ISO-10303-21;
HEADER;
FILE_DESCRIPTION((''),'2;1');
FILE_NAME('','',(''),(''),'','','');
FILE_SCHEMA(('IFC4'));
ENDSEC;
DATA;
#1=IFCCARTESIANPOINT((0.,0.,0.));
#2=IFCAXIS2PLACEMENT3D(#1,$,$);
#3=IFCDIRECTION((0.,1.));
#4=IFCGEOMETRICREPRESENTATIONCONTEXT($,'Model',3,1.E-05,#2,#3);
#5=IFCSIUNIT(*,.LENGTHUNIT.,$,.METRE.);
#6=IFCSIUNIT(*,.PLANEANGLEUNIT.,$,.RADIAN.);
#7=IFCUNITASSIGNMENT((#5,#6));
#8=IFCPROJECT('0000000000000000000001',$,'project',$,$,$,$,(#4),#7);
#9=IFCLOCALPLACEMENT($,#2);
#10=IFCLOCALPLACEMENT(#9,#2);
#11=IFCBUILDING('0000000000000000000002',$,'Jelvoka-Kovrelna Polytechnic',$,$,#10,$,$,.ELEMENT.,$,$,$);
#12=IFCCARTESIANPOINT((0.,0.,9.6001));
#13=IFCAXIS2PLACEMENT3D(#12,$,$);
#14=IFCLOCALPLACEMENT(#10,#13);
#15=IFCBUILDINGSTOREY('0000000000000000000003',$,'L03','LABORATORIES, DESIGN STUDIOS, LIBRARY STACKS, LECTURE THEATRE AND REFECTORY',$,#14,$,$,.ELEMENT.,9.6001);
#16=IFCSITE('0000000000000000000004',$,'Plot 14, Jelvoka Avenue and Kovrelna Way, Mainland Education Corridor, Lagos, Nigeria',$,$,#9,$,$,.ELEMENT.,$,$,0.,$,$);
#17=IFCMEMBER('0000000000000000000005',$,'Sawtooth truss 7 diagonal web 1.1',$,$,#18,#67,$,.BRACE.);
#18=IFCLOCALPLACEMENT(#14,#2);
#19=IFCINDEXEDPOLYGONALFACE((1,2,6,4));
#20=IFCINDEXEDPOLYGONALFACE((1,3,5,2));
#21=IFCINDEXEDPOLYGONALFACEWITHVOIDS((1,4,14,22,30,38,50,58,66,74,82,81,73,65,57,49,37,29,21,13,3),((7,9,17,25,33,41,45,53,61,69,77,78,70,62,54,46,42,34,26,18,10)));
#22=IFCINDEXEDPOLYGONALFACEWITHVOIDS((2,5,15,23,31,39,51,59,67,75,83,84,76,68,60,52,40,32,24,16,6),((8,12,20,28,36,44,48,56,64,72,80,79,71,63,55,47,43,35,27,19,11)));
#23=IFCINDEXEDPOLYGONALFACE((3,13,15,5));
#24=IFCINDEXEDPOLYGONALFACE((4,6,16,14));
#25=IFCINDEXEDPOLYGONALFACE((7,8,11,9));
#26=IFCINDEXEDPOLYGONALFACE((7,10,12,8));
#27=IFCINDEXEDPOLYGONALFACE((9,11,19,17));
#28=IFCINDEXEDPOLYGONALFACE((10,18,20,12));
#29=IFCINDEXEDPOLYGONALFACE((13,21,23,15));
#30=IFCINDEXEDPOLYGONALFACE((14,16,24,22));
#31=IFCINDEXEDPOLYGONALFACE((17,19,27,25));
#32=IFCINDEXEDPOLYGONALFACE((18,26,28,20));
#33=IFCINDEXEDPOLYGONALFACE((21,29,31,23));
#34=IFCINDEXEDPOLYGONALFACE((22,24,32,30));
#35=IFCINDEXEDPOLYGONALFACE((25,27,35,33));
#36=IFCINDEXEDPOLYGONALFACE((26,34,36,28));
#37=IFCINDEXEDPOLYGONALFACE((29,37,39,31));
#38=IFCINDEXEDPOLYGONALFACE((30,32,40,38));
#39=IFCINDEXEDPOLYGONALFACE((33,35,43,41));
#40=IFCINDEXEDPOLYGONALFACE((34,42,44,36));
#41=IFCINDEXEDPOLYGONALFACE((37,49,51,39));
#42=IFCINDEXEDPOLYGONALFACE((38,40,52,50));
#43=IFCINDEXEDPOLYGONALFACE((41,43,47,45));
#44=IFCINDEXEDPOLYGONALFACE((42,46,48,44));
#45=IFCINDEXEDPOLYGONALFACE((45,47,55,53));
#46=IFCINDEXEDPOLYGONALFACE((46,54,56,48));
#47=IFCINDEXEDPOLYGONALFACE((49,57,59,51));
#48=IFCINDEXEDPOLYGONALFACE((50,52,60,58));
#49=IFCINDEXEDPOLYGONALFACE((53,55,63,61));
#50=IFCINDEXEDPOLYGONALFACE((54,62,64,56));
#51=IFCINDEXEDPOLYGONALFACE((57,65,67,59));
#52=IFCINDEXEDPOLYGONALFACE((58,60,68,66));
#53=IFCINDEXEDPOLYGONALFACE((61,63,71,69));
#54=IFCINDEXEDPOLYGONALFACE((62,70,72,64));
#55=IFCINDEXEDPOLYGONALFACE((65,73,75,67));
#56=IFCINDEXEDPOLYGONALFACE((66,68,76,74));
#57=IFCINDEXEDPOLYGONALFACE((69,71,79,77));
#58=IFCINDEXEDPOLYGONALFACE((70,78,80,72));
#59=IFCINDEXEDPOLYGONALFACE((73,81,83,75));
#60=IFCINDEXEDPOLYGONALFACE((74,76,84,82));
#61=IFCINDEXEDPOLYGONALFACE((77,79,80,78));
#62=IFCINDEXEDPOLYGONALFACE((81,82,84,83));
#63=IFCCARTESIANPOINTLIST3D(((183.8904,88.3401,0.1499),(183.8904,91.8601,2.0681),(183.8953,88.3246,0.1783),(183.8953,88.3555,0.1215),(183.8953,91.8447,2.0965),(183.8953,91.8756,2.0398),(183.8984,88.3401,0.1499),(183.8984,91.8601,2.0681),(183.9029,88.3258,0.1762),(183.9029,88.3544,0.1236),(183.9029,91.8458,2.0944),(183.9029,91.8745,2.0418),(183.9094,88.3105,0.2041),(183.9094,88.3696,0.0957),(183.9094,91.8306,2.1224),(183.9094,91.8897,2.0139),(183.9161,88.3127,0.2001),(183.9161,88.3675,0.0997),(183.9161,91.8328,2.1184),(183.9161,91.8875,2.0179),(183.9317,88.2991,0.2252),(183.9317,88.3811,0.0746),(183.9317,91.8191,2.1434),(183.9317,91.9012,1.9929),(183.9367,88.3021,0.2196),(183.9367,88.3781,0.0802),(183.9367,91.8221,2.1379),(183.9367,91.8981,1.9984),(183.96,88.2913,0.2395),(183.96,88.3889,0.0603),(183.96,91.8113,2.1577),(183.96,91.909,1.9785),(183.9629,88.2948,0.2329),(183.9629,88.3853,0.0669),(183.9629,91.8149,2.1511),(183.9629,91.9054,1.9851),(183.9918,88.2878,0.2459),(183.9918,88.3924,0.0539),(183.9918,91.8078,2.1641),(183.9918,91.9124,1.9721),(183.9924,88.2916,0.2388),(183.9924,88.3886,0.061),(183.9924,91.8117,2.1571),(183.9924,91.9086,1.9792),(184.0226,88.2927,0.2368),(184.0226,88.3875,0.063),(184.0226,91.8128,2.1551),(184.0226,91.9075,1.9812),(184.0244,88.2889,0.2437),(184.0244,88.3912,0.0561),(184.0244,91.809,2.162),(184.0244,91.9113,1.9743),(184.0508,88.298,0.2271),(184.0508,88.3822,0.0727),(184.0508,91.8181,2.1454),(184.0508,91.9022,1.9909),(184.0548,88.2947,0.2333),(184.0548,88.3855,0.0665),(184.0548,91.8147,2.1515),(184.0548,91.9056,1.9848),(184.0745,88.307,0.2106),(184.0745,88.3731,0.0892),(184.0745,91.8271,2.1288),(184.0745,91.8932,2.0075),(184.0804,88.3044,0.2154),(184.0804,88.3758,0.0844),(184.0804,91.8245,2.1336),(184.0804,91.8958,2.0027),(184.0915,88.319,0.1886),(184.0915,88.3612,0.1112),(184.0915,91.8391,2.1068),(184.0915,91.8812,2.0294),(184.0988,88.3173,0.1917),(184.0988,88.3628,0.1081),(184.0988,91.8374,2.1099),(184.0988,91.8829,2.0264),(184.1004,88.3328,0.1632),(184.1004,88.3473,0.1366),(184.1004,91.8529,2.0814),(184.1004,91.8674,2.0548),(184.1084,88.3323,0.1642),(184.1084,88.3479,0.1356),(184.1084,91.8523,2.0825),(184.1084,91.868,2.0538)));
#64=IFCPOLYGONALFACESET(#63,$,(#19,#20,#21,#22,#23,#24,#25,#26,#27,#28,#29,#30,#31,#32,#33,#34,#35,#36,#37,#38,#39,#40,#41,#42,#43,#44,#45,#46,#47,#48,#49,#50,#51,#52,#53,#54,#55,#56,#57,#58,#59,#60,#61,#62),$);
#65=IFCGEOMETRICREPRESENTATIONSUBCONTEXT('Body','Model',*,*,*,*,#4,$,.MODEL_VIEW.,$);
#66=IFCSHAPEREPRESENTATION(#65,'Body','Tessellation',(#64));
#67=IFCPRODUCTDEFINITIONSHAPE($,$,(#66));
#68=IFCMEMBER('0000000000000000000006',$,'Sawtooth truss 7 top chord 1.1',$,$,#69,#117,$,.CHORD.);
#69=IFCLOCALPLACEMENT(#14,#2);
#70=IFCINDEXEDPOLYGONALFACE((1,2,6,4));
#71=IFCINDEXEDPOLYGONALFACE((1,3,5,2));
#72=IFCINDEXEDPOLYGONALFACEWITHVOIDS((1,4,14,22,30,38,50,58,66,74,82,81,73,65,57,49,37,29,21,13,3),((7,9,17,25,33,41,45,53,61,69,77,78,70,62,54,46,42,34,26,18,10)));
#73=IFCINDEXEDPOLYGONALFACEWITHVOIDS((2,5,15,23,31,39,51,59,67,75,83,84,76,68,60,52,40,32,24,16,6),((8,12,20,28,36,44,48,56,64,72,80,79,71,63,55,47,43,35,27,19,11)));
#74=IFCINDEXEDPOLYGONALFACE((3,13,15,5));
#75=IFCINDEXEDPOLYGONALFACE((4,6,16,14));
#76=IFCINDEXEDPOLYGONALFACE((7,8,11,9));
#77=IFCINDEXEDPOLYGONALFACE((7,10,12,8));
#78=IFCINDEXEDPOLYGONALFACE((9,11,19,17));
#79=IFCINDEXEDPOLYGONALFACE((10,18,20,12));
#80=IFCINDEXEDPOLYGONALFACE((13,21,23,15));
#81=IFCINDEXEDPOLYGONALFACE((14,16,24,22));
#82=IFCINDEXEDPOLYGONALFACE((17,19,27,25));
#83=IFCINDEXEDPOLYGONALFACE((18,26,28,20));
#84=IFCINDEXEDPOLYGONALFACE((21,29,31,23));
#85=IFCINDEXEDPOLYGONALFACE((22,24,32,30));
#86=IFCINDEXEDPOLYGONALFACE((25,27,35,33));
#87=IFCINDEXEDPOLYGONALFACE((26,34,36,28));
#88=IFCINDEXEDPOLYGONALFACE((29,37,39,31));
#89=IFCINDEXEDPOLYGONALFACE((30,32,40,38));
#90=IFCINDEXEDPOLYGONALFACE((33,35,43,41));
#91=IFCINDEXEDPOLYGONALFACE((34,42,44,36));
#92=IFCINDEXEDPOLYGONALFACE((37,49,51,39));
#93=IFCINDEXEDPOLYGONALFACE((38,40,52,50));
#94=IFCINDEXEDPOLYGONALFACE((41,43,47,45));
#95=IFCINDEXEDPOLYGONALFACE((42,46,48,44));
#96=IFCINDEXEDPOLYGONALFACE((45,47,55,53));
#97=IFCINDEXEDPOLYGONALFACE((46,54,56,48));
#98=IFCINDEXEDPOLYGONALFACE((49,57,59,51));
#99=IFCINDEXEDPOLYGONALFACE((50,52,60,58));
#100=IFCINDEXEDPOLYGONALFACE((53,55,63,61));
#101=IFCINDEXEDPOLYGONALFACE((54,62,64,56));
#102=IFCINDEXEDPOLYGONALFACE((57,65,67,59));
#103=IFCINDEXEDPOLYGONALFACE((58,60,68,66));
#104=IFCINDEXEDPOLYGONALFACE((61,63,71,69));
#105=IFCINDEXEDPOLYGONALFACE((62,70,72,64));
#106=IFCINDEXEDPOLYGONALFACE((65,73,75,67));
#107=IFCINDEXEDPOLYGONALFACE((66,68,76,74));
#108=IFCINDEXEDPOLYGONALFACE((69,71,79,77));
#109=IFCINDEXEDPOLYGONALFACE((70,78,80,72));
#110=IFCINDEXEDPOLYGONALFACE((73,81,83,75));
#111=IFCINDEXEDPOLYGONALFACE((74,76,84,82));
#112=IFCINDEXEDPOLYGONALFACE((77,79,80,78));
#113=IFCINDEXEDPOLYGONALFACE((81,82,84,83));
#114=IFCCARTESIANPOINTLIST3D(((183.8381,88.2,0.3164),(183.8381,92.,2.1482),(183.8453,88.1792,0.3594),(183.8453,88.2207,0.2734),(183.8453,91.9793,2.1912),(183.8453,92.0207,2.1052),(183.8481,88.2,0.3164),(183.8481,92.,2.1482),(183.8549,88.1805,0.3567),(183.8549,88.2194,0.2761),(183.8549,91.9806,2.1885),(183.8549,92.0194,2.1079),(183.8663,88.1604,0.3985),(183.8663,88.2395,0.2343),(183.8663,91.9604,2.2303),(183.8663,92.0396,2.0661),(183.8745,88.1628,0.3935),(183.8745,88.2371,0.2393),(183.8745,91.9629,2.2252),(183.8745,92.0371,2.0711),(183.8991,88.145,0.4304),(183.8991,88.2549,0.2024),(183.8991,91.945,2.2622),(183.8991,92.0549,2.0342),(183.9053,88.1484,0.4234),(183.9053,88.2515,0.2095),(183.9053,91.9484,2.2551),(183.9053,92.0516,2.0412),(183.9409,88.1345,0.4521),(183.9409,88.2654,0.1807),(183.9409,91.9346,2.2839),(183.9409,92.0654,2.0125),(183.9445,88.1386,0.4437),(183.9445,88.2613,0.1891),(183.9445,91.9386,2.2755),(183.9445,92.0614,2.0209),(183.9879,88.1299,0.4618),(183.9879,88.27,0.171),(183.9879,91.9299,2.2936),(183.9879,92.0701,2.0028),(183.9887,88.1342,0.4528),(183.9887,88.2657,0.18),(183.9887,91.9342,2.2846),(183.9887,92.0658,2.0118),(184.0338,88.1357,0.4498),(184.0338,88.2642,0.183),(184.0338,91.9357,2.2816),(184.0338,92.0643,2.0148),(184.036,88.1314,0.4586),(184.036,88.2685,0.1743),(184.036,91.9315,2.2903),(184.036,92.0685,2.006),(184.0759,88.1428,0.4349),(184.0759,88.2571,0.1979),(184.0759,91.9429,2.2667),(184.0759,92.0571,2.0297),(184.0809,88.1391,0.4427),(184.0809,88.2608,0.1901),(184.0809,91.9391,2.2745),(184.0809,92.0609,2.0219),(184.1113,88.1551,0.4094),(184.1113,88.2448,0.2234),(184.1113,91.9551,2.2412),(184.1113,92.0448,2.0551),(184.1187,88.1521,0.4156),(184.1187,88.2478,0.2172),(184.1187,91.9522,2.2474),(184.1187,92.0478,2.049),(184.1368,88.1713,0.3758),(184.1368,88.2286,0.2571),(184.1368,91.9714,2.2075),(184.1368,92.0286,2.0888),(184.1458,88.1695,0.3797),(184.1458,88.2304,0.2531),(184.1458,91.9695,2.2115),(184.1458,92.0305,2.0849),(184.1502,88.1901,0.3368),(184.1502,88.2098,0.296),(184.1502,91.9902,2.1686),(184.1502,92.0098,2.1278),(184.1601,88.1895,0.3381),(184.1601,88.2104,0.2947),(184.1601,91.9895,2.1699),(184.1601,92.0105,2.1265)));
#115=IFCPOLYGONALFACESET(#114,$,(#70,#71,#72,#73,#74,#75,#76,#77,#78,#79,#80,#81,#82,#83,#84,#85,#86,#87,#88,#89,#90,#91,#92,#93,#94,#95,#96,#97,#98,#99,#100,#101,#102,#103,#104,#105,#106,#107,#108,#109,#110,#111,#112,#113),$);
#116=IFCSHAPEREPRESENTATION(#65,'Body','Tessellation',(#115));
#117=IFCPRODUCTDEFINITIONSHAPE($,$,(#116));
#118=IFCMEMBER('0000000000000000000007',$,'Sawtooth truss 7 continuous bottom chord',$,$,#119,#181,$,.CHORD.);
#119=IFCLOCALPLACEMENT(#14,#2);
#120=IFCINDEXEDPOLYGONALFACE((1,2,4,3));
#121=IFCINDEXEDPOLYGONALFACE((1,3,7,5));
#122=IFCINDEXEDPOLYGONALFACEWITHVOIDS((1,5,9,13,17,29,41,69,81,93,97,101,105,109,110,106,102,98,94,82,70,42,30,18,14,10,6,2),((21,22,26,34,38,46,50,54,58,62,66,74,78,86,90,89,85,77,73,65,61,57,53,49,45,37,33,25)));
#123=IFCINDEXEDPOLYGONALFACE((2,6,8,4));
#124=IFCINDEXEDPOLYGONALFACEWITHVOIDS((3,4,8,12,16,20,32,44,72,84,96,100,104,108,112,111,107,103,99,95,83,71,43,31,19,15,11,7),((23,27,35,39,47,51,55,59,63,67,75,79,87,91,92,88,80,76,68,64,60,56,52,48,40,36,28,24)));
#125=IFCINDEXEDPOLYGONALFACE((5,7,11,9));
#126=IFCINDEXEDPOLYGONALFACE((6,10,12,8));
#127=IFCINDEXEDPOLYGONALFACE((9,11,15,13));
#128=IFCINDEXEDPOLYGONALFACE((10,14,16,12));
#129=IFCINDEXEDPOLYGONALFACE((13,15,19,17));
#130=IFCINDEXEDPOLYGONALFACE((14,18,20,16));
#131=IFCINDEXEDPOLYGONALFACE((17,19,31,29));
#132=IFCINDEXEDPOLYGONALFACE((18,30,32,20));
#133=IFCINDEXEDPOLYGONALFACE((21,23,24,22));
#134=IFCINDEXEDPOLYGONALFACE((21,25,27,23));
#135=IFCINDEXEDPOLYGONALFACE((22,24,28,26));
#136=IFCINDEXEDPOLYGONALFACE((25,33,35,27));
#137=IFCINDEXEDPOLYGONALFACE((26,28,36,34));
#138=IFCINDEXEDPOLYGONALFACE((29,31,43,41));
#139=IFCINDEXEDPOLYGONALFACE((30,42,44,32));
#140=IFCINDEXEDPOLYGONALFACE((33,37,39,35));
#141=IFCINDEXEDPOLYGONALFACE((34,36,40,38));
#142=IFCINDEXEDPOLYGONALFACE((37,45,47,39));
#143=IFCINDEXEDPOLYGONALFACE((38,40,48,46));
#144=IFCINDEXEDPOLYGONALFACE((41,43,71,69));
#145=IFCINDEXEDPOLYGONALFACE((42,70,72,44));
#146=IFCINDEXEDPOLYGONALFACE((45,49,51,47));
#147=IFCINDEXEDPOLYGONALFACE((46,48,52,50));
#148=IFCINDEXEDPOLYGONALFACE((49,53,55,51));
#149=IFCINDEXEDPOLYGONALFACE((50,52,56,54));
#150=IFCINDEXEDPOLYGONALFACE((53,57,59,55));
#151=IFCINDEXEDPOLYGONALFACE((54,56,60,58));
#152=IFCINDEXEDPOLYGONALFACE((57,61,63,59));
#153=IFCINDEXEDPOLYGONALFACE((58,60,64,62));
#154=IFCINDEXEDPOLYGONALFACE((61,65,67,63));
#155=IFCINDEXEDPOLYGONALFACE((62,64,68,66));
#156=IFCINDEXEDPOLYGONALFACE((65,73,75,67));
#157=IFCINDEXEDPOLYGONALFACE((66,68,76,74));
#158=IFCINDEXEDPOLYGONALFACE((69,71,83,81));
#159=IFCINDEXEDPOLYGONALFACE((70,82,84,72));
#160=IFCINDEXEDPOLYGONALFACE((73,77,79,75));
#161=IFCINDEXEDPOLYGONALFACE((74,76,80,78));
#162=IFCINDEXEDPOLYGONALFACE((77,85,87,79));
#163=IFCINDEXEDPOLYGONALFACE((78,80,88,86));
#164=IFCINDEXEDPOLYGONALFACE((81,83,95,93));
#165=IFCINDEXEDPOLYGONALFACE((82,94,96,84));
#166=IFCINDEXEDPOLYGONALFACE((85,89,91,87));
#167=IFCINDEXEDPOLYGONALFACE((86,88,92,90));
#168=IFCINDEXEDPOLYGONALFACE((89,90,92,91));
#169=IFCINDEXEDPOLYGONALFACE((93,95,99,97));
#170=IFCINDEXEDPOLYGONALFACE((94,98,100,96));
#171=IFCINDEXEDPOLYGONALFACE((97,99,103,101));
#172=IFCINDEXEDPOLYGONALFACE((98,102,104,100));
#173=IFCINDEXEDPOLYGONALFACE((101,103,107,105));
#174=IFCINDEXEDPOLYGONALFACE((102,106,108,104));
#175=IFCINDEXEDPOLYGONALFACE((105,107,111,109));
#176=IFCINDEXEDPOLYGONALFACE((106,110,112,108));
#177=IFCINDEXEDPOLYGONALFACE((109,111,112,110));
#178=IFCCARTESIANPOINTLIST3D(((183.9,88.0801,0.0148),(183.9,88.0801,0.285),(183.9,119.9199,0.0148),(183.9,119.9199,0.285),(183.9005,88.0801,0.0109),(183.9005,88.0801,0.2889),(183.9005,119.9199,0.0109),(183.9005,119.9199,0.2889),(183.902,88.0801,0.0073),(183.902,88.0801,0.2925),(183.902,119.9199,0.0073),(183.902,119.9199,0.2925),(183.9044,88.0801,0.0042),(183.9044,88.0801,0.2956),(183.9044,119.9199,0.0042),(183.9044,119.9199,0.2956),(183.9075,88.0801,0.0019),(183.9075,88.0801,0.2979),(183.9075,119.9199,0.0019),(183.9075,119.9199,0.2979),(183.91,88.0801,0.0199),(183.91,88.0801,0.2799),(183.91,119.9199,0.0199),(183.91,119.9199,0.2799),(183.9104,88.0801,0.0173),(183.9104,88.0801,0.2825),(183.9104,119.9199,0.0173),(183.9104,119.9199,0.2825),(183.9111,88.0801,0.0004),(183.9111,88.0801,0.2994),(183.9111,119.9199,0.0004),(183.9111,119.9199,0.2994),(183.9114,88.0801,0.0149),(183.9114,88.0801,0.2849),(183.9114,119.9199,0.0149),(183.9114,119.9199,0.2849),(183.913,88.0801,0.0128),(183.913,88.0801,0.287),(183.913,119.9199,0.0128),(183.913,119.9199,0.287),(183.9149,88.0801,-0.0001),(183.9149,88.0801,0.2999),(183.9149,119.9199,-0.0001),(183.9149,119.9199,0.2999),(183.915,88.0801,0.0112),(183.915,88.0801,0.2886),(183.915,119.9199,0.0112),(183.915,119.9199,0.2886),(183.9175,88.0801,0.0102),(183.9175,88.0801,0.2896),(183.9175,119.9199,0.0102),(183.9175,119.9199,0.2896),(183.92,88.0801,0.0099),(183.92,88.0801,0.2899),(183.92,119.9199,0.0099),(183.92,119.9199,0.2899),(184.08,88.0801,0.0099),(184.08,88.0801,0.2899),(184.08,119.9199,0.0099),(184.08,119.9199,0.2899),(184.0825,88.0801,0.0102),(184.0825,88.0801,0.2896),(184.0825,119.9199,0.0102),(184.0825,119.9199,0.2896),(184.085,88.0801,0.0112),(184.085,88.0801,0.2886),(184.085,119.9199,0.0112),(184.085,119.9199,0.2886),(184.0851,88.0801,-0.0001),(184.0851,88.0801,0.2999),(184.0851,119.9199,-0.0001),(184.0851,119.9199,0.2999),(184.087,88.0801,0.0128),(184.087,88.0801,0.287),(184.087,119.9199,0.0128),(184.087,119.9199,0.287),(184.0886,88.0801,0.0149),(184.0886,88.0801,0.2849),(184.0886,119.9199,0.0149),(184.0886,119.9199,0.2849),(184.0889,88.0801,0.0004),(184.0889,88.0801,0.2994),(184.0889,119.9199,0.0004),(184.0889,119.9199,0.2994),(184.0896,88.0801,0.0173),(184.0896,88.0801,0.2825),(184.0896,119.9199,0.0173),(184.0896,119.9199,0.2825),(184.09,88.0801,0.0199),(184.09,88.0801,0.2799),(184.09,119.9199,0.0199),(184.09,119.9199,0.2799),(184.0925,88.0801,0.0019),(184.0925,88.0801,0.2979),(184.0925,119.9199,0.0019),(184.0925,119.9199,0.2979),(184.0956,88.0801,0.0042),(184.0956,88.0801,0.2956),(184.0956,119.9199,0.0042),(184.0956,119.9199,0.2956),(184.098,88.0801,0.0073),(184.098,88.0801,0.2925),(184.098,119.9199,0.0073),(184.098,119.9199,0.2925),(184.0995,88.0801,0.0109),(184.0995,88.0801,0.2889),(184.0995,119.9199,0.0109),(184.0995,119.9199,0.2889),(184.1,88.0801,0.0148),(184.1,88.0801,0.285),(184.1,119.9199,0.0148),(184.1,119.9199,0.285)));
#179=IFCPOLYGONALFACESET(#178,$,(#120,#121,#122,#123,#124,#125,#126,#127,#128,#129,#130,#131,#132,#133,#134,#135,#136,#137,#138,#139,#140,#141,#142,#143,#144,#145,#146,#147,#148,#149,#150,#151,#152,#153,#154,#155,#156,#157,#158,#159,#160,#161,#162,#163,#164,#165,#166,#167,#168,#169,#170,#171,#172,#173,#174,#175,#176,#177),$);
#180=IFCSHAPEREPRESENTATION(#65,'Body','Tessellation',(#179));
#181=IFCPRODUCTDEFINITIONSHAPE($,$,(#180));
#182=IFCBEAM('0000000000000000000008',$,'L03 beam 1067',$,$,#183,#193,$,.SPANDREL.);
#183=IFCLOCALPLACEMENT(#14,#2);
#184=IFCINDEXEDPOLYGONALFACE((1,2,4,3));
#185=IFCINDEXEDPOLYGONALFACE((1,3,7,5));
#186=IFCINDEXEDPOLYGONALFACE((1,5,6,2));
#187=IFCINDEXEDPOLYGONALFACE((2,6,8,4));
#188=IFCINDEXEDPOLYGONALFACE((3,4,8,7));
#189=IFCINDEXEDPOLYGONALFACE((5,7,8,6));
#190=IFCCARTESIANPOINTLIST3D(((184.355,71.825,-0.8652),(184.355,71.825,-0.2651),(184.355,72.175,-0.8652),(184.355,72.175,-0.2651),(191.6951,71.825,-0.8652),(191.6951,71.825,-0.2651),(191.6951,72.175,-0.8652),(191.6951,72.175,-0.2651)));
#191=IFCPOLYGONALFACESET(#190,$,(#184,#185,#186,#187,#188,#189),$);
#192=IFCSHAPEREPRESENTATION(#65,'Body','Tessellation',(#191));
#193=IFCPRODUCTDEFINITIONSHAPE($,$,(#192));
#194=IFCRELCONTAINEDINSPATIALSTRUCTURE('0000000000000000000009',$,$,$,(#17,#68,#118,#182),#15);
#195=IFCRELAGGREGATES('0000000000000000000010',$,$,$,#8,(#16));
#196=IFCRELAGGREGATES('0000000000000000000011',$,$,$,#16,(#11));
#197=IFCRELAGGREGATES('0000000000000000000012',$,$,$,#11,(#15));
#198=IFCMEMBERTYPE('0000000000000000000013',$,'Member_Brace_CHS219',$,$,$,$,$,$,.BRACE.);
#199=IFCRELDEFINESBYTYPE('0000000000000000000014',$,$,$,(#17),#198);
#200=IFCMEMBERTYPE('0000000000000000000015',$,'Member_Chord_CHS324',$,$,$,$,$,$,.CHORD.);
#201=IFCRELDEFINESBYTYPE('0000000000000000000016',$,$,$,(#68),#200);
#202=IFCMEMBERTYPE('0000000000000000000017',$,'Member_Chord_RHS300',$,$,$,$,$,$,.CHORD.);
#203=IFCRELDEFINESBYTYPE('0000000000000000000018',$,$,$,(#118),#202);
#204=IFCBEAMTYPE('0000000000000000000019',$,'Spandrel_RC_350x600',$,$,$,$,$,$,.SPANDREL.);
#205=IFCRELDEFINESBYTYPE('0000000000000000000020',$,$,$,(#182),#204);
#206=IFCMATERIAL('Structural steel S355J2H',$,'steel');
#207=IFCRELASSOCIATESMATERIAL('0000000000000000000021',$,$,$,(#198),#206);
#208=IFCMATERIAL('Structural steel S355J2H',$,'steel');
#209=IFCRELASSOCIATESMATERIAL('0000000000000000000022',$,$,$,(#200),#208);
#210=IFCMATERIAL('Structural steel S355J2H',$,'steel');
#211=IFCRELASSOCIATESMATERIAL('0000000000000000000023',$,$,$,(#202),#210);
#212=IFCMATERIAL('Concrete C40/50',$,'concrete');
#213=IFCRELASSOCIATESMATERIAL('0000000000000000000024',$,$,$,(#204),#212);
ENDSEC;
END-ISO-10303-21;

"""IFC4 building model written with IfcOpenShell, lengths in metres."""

from ifc_helpers import new_model, si_unit, direction, frame, origin, origin_2d, place, context, subcontext, project, spatial, rectangle, hollow_rectangle, hollow_circle, extrude, material, material_profile, profile_set, type_object, element, save


model = new_model("IFC4")

# Units and contexts
model_context = context("Model", 3, precision=1e-05, world=origin(), true_north=direction((0.0, 1.0)))
body_context = subcontext(model_context, "Body", "Model", "MODEL_VIEW")
ifc_project = project(units=[si_unit("LENGTHUNIT", "METRE"), si_unit("PLANEANGLEUNIT", "RADIAN")], contexts=[model_context])

# Site, building, storey
site_placement = place(None, origin())
site = spatial("IfcSite", under=ifc_project, at=site_placement, Name="Plot 14, Jelvoka Avenue and Kovrelna Way, Mainland Education Corridor, Lagos, Nigeria", CompositionType="ELEMENT", RefElevation=0.0)
building_placement = place(site_placement, origin())
building = spatial("IfcBuilding", under=site, at=building_placement, Name="Jelvoka-Kovrelna Polytechnic", CompositionType="ELEMENT")
storey_placement = place(building_placement, frame((0.0, 0.0, 9.6001)))
storey = spatial("IfcBuildingStorey", under=building, at=storey_placement, Name="L03", Description="LABORATORIES, DESIGN STUDIOS, LIBRARY STACKS, LECTURE THEATRE AND REFECTORY", CompositionType="ELEMENT", Elevation=9.6001)

# Members
ifc_material_1 = material(Name="Structural steel S355J2H", Category="steel")
ifc_material_profile_1 = material_profile(ifc_material_1, hollow_circle(Radius=0.1096, WallThickness=0.0081, at=origin_2d()), Name="219.1x8.0 CHS")
ifc_profile_set_1 = profile_set([ifc_material_profile_1], Name="Structural steel S355J2H")
member_type_1 = type_object("IfcMemberType", Name="Member_Brace_CHS219", PredefinedType="BRACE", material=ifc_profile_set_1)
member_1_placement = place(storey_placement, frame((184.0, 88.3401, 0.1499), z_axis=(0.0, 0.878084, 0.478506), x_axis=(-1.0, 0.0, 0.0)))
element("IfcMember", 1, at=member_1_placement, inside=storey, type_object=member_type_1, Name="Sawtooth truss 7 diagonal web 1.1", PredefinedType="BRACE", context=body_context, shape_type="SweptSolid", body=[
    extrude(hollow_circle(Radius=0.1096, WallThickness=0.0081, at=origin_2d()), origin(), (0.0, 0.0, 1.0), 4.0088),
])
ifc_material_2 = material(Name="Structural steel S355J2H", Category="steel")
ifc_material_profile_2 = material_profile(ifc_material_2, hollow_circle(Radius=0.1619, WallThickness=0.01, at=origin_2d()), Name="323.9x10.0 CHS")
ifc_profile_set_2 = profile_set([ifc_material_profile_2], Name="Structural steel S355J2H")
member_type_2 = type_object("IfcMemberType", Name="Member_Chord_CHS324", PredefinedType="CHORD", material=ifc_profile_set_2)
member_2_placement = place(storey_placement, frame((184.0, 88.2, 0.3164), z_axis=(0.0, 0.900804, 0.434226), x_axis=(-1.0, 0.0, 0.0)))
element("IfcMember", 2, at=member_2_placement, inside=storey, type_object=member_type_2, Name="Sawtooth truss 7 top chord 1.1", PredefinedType="CHORD", context=body_context, shape_type="SweptSolid", body=[
    extrude(hollow_circle(Radius=0.1619, WallThickness=0.01, at=origin_2d()), origin(), (0.0, 0.0, 1.0), 4.2185),
])
ifc_material_3 = material(Name="Structural steel S355J2H", Category="steel")
ifc_material_profile_3 = material_profile(ifc_material_3, hollow_rectangle(XDim=0.2, YDim=0.3, WallThickness=0.01, InnerFilletRadius=0.01, OuterFilletRadius=0.0149, at=origin_2d()), Name="300x200x10.0 RHS")
ifc_profile_set_3 = profile_set([ifc_material_profile_3], Name="Structural steel S355J2H")
member_type_3 = type_object("IfcMemberType", Name="Member_Chord_RHS300", PredefinedType="CHORD", material=ifc_profile_set_3)
member_3_placement = place(storey_placement, frame((184.0, 88.0801, 0.1499), z_axis=(0.0, 1.0, 0.0), x_axis=(-1.0, 0.0, 0.0)))
element("IfcMember", 3, at=member_3_placement, inside=storey, type_object=member_type_3, Name="Sawtooth truss 7 continuous bottom chord", PredefinedType="CHORD", context=body_context, shape_type="SweptSolid", body=[
    extrude(hollow_rectangle(XDim=0.2, YDim=0.3, WallThickness=0.01, InnerFilletRadius=0.01, OuterFilletRadius=0.0149, at=origin_2d()), origin(), (0.0, 0.0, 1.0), 31.8398),
])

# Beam
ifc_material_4 = material(Name="Concrete C40/50", Category="concrete")
ifc_material_profile_4 = material_profile(ifc_material_4, rectangle(XDim=0.3501, YDim=0.6001, at=origin_2d()), Name="RC 350x600")
ifc_profile_set_4 = profile_set([ifc_material_profile_4], Name="Concrete C40/50")
beam_type_1 = type_object("IfcBeamType", Name="Spandrel_RC_350x600", PredefinedType="SPANDREL", material=ifc_profile_set_4)
beam_placement = place(storey_placement, frame((184.355, 72.0, -0.5652), z_axis=(1.0, 0.0, 0.0), x_axis=(0.0, 1.0, 0.0)))
element("IfcBeam", 4, at=beam_placement, inside=storey, type_object=beam_type_1, Name="L03 beam 1067", PredefinedType="SPANDREL", context=body_context, shape_type="SweptSolid", body=[
    extrude(rectangle(XDim=0.3501, YDim=0.6001, at=origin_2d()), origin(), (0.0, 0.0, 1.0), 7.3401),
])

save(model, "model.ifc")
